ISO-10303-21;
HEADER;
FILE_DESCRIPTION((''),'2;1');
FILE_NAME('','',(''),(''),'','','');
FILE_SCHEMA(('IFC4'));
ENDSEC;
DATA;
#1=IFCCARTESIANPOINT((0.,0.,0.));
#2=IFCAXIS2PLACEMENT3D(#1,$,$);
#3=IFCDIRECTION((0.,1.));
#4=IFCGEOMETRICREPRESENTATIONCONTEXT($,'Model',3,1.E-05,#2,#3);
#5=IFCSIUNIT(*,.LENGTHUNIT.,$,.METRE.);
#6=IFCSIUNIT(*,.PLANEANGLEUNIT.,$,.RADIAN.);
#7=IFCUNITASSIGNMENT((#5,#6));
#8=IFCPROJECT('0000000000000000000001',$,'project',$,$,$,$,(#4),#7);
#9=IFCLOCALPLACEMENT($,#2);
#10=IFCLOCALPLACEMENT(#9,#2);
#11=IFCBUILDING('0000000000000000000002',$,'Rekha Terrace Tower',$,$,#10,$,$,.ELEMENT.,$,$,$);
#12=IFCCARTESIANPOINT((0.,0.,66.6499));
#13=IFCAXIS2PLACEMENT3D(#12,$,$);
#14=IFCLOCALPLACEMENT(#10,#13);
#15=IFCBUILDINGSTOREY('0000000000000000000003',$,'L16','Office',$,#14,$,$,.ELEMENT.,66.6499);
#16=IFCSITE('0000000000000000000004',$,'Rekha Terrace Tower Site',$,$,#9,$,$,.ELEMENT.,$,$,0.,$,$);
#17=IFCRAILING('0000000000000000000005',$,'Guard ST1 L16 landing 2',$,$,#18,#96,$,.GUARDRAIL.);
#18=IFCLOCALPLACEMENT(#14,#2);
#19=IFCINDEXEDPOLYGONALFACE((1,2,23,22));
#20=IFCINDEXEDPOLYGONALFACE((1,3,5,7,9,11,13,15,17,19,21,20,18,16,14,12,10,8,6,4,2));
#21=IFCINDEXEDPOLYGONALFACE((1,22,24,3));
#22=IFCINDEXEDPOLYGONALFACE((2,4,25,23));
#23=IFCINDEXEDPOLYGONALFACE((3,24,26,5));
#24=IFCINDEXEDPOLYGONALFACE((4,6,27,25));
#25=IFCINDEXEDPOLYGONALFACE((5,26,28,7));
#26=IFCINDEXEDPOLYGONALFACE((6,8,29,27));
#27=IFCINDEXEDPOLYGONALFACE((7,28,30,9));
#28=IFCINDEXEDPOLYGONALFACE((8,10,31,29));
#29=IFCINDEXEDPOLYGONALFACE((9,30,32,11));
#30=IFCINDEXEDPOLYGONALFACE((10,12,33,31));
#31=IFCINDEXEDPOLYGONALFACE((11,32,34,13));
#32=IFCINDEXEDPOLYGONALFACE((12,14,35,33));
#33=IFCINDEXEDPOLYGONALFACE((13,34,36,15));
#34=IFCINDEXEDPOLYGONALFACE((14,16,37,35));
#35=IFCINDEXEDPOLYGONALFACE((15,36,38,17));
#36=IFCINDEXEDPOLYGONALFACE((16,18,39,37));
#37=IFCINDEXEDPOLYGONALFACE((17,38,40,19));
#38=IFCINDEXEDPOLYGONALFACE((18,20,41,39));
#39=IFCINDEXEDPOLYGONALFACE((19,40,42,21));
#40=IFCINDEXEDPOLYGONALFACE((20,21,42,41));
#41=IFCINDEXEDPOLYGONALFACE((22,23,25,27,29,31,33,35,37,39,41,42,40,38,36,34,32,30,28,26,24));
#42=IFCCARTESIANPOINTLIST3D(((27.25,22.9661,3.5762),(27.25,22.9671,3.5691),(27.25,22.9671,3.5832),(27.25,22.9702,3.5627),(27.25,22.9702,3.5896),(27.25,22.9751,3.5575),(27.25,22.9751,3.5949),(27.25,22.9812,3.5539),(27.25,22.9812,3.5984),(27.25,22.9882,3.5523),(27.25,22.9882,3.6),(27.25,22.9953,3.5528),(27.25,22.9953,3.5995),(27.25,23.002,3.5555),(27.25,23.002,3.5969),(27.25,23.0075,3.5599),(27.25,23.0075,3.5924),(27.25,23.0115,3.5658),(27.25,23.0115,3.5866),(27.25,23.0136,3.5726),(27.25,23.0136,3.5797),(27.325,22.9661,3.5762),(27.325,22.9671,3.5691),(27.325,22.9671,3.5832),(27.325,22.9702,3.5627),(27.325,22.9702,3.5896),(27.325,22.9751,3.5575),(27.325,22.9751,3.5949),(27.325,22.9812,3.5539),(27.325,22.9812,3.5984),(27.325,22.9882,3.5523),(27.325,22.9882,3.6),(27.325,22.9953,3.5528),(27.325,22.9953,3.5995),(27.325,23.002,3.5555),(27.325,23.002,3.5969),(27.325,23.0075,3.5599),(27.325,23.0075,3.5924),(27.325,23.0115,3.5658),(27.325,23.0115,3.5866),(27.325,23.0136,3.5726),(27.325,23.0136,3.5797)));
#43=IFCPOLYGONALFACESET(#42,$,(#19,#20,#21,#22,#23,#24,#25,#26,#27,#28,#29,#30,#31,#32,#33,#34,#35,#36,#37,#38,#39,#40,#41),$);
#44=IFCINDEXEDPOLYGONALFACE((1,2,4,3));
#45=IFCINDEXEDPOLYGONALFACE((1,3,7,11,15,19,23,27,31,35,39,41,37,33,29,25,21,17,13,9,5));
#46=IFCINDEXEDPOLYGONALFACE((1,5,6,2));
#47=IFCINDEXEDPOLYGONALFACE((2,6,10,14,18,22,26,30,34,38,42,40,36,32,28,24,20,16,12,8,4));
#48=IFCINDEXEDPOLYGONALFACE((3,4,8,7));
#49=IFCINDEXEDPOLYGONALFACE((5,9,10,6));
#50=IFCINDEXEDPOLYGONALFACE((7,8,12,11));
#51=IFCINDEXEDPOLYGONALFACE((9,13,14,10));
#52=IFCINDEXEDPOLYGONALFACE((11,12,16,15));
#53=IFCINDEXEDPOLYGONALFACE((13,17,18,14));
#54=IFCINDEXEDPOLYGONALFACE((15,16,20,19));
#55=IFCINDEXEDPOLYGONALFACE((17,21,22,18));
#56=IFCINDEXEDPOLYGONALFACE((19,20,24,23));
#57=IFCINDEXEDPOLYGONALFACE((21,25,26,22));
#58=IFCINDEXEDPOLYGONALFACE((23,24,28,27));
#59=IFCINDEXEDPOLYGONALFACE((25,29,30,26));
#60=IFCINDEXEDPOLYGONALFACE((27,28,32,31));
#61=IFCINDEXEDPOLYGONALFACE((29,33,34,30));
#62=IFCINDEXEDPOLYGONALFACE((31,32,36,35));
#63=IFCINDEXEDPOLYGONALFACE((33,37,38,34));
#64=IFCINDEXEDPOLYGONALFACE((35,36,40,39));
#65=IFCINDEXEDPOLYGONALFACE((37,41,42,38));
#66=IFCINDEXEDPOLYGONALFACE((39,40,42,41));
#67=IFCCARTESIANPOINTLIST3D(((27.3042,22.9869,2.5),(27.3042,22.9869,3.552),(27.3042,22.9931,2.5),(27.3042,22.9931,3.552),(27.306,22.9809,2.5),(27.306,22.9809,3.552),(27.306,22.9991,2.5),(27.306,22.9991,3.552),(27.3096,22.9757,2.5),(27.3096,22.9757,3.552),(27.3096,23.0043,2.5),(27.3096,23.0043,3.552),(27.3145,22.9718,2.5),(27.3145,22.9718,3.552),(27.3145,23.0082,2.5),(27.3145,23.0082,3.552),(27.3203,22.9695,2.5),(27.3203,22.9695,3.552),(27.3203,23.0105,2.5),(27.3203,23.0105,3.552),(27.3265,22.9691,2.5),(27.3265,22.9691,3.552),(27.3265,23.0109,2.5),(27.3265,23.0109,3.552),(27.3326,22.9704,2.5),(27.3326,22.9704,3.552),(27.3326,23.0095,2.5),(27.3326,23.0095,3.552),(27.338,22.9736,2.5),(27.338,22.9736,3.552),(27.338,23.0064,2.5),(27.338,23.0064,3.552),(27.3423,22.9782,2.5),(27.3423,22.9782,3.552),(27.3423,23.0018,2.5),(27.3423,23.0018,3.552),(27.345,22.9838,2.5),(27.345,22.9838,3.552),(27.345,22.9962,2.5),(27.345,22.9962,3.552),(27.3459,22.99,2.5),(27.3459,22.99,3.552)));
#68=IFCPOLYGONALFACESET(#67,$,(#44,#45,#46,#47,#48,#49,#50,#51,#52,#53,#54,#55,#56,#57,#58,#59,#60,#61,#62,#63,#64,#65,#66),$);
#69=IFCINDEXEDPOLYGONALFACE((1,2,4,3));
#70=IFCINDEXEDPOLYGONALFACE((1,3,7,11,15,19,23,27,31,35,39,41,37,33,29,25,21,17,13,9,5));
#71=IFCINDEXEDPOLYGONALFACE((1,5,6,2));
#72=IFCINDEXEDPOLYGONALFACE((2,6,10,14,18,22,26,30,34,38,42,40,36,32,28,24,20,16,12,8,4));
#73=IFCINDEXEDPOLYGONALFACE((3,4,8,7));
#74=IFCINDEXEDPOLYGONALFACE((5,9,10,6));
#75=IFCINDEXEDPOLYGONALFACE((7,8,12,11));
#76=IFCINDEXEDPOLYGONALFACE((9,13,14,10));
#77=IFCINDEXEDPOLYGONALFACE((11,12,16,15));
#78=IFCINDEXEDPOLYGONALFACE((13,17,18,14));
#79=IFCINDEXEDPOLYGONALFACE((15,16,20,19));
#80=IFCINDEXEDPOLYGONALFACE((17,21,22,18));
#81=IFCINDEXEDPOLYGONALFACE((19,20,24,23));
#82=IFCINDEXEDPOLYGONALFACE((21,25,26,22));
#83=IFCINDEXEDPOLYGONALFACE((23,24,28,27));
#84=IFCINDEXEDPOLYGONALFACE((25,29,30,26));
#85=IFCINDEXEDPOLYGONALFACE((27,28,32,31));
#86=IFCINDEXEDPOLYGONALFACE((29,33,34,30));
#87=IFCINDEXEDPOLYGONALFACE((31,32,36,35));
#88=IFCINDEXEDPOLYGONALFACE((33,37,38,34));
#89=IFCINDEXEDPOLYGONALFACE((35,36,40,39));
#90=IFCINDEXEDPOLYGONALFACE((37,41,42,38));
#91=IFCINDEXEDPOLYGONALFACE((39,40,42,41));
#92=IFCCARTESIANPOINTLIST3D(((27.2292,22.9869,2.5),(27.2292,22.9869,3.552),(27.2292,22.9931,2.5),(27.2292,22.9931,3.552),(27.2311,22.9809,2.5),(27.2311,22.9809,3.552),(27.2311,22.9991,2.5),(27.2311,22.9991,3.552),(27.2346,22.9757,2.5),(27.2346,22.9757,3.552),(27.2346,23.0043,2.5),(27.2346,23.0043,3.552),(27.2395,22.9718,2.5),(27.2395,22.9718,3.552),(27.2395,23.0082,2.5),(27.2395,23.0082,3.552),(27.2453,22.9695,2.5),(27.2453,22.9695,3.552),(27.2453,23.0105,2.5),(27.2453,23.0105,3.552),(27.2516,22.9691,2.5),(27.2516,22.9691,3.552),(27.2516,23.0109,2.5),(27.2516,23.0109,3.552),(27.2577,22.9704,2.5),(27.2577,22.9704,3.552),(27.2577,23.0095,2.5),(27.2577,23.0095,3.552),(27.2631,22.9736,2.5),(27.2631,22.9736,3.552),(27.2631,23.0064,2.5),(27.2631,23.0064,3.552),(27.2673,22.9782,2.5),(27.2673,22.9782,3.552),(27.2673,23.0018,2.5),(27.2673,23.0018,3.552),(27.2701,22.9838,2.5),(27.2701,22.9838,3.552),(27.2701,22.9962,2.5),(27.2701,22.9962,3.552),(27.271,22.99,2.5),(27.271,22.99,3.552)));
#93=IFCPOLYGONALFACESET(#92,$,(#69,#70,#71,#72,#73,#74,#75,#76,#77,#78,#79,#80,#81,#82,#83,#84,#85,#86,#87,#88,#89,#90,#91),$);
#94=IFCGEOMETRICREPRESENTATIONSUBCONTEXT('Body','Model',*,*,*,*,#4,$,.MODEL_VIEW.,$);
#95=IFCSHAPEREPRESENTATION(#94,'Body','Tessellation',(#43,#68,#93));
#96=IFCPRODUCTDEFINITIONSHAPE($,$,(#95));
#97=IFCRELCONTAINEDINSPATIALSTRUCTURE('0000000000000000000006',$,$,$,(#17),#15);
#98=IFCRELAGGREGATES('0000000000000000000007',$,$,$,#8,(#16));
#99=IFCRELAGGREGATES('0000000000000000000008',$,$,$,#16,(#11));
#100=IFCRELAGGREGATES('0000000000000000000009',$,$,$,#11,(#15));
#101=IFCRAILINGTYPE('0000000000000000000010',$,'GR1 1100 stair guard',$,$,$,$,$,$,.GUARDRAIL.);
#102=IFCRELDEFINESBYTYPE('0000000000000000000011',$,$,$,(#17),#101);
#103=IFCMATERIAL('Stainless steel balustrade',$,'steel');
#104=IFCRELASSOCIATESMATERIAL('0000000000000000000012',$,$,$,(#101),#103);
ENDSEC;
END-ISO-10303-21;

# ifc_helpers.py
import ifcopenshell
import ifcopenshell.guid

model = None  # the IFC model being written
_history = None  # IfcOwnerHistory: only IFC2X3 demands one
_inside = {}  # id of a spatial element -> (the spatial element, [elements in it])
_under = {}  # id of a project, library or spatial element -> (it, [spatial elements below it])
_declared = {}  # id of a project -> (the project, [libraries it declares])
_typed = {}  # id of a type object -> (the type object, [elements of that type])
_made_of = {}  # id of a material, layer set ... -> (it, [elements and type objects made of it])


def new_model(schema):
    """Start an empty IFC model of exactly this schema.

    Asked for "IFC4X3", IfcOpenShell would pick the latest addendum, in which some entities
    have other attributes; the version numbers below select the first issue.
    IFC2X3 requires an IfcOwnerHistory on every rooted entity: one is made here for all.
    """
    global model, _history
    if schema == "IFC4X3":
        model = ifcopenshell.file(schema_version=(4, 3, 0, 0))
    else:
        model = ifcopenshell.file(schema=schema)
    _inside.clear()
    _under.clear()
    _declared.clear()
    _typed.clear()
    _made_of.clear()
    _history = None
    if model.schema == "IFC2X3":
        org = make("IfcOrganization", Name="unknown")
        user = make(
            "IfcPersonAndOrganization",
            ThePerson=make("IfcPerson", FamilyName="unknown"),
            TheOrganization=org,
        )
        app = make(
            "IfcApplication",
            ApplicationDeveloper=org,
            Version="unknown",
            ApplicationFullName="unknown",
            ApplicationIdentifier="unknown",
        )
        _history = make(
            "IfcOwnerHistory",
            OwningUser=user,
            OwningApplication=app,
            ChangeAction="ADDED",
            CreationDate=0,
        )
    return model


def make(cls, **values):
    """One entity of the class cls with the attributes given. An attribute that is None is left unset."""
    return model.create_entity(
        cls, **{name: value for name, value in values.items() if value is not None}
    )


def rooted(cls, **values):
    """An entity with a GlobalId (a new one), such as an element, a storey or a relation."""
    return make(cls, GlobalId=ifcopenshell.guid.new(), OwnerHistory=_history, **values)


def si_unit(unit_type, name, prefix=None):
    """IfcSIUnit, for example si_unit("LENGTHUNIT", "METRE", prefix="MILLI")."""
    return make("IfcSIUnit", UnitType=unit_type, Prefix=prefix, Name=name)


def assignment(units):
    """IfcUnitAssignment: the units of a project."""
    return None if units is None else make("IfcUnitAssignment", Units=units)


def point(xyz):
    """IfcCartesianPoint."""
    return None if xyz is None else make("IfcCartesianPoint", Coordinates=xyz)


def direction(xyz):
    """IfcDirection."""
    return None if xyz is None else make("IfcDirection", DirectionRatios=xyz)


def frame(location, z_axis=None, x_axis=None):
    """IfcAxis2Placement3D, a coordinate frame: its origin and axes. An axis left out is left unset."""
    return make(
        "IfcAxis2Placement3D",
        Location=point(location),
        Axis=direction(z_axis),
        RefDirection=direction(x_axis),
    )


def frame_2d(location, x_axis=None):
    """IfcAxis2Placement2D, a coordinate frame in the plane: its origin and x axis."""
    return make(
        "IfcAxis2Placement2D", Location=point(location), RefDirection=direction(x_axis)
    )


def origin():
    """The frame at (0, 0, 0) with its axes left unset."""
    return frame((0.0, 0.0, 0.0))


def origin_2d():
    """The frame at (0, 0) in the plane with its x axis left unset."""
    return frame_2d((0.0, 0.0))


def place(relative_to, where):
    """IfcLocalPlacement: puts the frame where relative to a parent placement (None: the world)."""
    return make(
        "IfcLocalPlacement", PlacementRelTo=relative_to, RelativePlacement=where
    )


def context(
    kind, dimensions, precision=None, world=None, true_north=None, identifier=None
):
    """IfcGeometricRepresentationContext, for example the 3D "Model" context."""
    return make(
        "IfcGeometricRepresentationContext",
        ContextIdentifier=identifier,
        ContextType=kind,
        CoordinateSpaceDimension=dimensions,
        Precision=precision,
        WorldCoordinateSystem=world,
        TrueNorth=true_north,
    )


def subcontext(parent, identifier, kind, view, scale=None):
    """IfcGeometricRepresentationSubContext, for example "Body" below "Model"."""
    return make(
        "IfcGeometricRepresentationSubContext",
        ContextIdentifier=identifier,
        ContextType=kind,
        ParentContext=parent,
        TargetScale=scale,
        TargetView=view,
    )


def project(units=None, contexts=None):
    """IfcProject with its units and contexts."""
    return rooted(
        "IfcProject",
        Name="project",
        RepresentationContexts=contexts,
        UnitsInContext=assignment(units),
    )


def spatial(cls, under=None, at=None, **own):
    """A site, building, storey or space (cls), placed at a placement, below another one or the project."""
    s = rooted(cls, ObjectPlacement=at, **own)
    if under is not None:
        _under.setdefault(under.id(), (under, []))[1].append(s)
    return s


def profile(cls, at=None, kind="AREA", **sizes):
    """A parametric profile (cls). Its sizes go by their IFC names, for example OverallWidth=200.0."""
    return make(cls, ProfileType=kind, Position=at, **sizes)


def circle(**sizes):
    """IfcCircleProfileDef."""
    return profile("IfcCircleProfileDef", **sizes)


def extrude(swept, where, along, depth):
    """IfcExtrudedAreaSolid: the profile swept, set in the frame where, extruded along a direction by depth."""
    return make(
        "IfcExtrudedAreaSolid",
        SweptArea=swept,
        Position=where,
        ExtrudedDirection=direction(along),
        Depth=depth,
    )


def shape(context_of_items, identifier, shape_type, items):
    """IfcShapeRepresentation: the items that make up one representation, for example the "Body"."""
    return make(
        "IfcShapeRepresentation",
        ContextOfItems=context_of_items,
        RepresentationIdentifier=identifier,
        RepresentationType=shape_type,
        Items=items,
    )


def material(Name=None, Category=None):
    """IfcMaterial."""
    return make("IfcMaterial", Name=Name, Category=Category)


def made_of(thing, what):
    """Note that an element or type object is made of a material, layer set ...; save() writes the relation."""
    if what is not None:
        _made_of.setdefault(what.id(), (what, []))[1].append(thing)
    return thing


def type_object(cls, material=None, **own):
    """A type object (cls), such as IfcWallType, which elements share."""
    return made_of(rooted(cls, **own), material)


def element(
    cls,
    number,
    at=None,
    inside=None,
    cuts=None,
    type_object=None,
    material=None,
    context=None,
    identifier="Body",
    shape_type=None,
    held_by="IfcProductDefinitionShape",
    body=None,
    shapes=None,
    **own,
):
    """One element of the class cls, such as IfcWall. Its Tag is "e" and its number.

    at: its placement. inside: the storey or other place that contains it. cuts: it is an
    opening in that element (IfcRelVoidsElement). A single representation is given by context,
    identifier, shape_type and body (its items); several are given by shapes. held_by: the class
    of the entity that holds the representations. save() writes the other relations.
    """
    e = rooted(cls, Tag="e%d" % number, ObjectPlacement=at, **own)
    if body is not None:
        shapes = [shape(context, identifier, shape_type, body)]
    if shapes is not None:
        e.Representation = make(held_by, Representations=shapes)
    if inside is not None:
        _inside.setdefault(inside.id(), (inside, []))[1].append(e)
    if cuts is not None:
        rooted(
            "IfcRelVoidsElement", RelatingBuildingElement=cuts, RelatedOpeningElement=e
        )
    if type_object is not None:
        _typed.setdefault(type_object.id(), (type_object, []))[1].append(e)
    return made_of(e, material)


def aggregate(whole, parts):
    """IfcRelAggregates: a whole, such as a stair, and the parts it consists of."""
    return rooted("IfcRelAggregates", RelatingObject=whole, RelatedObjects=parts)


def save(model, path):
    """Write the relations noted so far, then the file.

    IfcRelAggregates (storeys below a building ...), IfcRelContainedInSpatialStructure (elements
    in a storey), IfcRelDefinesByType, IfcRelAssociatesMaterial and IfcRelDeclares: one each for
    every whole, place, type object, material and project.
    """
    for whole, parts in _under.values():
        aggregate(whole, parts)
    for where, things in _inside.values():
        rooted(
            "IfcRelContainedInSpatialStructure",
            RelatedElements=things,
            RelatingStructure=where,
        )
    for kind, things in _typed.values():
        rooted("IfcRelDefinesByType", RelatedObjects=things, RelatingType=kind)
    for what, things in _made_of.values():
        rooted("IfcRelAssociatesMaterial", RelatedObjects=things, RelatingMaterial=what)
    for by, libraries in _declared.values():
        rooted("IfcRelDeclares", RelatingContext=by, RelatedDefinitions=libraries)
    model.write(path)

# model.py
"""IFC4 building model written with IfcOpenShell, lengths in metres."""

from ifc_helpers import new_model, si_unit, direction, frame, origin, origin_2d, place, context, subcontext, project, spatial, circle, extrude, material, type_object, element, save


model = new_model("IFC4")

# Units and contexts
model_context = context("Model", 3, precision=1e-05, world=origin(), true_north=direction((0.0, 1.0)))
body_context = subcontext(model_context, "Body", "Model", "MODEL_VIEW")
ifc_project = project(units=[si_unit("LENGTHUNIT", "METRE"), si_unit("PLANEANGLEUNIT", "RADIAN")], contexts=[model_context])

# Site, building, storey
site_placement = place(None, origin())
site = spatial("IfcSite", under=ifc_project, at=site_placement, Name="Rekha Terrace Tower Site", CompositionType="ELEMENT", RefElevation=0.0)
building_placement = place(site_placement, origin())
building = spatial("IfcBuilding", under=site, at=building_placement, Name="Rekha Terrace Tower", CompositionType="ELEMENT")
storey_placement = place(building_placement, frame((0.0, 0.0, 66.6499)))
storey = spatial("IfcBuildingStorey", under=building, at=storey_placement, Name="L16", Description="Office", CompositionType="ELEMENT", Elevation=66.6499)

# Railing
ifc_material_1 = material(Name="Stainless steel balustrade", Category="steel")
railing_type_1 = type_object("IfcRailingType", Name="GR1 1100 stair guard", PredefinedType="GUARDRAIL", material=ifc_material_1)
railing_1_placement = place(storey_placement, frame((27.325, 22.99, 2.5)))
element("IfcRailing", 1, at=railing_1_placement, inside=storey, type_object=railing_type_1, Name="Guard ST1 L16 landing 2", PredefinedType="GUARDRAIL", context=body_context, shape_type="SweptSolid", body=[
    extrude(circle(Radius=0.0239, at=origin_2d()), frame((0.0, 0.0, 1.0762), z_axis=(-1.0, 0.0, 0.0), x_axis=(0.0, -1.0, 0.0)), (0.0, 0.0, 1.0), 0.075),
    extrude(circle(Radius=0.021, at=origin_2d()), origin(), (0.0, 0.0, 1.0), 1.052),
    extrude(circle(Radius=0.021, at=origin_2d()), frame((-0.075, 0.0, 0.0)), (0.0, 0.0, 1.0), 1.052),
])

save(model, "model.ifc")
